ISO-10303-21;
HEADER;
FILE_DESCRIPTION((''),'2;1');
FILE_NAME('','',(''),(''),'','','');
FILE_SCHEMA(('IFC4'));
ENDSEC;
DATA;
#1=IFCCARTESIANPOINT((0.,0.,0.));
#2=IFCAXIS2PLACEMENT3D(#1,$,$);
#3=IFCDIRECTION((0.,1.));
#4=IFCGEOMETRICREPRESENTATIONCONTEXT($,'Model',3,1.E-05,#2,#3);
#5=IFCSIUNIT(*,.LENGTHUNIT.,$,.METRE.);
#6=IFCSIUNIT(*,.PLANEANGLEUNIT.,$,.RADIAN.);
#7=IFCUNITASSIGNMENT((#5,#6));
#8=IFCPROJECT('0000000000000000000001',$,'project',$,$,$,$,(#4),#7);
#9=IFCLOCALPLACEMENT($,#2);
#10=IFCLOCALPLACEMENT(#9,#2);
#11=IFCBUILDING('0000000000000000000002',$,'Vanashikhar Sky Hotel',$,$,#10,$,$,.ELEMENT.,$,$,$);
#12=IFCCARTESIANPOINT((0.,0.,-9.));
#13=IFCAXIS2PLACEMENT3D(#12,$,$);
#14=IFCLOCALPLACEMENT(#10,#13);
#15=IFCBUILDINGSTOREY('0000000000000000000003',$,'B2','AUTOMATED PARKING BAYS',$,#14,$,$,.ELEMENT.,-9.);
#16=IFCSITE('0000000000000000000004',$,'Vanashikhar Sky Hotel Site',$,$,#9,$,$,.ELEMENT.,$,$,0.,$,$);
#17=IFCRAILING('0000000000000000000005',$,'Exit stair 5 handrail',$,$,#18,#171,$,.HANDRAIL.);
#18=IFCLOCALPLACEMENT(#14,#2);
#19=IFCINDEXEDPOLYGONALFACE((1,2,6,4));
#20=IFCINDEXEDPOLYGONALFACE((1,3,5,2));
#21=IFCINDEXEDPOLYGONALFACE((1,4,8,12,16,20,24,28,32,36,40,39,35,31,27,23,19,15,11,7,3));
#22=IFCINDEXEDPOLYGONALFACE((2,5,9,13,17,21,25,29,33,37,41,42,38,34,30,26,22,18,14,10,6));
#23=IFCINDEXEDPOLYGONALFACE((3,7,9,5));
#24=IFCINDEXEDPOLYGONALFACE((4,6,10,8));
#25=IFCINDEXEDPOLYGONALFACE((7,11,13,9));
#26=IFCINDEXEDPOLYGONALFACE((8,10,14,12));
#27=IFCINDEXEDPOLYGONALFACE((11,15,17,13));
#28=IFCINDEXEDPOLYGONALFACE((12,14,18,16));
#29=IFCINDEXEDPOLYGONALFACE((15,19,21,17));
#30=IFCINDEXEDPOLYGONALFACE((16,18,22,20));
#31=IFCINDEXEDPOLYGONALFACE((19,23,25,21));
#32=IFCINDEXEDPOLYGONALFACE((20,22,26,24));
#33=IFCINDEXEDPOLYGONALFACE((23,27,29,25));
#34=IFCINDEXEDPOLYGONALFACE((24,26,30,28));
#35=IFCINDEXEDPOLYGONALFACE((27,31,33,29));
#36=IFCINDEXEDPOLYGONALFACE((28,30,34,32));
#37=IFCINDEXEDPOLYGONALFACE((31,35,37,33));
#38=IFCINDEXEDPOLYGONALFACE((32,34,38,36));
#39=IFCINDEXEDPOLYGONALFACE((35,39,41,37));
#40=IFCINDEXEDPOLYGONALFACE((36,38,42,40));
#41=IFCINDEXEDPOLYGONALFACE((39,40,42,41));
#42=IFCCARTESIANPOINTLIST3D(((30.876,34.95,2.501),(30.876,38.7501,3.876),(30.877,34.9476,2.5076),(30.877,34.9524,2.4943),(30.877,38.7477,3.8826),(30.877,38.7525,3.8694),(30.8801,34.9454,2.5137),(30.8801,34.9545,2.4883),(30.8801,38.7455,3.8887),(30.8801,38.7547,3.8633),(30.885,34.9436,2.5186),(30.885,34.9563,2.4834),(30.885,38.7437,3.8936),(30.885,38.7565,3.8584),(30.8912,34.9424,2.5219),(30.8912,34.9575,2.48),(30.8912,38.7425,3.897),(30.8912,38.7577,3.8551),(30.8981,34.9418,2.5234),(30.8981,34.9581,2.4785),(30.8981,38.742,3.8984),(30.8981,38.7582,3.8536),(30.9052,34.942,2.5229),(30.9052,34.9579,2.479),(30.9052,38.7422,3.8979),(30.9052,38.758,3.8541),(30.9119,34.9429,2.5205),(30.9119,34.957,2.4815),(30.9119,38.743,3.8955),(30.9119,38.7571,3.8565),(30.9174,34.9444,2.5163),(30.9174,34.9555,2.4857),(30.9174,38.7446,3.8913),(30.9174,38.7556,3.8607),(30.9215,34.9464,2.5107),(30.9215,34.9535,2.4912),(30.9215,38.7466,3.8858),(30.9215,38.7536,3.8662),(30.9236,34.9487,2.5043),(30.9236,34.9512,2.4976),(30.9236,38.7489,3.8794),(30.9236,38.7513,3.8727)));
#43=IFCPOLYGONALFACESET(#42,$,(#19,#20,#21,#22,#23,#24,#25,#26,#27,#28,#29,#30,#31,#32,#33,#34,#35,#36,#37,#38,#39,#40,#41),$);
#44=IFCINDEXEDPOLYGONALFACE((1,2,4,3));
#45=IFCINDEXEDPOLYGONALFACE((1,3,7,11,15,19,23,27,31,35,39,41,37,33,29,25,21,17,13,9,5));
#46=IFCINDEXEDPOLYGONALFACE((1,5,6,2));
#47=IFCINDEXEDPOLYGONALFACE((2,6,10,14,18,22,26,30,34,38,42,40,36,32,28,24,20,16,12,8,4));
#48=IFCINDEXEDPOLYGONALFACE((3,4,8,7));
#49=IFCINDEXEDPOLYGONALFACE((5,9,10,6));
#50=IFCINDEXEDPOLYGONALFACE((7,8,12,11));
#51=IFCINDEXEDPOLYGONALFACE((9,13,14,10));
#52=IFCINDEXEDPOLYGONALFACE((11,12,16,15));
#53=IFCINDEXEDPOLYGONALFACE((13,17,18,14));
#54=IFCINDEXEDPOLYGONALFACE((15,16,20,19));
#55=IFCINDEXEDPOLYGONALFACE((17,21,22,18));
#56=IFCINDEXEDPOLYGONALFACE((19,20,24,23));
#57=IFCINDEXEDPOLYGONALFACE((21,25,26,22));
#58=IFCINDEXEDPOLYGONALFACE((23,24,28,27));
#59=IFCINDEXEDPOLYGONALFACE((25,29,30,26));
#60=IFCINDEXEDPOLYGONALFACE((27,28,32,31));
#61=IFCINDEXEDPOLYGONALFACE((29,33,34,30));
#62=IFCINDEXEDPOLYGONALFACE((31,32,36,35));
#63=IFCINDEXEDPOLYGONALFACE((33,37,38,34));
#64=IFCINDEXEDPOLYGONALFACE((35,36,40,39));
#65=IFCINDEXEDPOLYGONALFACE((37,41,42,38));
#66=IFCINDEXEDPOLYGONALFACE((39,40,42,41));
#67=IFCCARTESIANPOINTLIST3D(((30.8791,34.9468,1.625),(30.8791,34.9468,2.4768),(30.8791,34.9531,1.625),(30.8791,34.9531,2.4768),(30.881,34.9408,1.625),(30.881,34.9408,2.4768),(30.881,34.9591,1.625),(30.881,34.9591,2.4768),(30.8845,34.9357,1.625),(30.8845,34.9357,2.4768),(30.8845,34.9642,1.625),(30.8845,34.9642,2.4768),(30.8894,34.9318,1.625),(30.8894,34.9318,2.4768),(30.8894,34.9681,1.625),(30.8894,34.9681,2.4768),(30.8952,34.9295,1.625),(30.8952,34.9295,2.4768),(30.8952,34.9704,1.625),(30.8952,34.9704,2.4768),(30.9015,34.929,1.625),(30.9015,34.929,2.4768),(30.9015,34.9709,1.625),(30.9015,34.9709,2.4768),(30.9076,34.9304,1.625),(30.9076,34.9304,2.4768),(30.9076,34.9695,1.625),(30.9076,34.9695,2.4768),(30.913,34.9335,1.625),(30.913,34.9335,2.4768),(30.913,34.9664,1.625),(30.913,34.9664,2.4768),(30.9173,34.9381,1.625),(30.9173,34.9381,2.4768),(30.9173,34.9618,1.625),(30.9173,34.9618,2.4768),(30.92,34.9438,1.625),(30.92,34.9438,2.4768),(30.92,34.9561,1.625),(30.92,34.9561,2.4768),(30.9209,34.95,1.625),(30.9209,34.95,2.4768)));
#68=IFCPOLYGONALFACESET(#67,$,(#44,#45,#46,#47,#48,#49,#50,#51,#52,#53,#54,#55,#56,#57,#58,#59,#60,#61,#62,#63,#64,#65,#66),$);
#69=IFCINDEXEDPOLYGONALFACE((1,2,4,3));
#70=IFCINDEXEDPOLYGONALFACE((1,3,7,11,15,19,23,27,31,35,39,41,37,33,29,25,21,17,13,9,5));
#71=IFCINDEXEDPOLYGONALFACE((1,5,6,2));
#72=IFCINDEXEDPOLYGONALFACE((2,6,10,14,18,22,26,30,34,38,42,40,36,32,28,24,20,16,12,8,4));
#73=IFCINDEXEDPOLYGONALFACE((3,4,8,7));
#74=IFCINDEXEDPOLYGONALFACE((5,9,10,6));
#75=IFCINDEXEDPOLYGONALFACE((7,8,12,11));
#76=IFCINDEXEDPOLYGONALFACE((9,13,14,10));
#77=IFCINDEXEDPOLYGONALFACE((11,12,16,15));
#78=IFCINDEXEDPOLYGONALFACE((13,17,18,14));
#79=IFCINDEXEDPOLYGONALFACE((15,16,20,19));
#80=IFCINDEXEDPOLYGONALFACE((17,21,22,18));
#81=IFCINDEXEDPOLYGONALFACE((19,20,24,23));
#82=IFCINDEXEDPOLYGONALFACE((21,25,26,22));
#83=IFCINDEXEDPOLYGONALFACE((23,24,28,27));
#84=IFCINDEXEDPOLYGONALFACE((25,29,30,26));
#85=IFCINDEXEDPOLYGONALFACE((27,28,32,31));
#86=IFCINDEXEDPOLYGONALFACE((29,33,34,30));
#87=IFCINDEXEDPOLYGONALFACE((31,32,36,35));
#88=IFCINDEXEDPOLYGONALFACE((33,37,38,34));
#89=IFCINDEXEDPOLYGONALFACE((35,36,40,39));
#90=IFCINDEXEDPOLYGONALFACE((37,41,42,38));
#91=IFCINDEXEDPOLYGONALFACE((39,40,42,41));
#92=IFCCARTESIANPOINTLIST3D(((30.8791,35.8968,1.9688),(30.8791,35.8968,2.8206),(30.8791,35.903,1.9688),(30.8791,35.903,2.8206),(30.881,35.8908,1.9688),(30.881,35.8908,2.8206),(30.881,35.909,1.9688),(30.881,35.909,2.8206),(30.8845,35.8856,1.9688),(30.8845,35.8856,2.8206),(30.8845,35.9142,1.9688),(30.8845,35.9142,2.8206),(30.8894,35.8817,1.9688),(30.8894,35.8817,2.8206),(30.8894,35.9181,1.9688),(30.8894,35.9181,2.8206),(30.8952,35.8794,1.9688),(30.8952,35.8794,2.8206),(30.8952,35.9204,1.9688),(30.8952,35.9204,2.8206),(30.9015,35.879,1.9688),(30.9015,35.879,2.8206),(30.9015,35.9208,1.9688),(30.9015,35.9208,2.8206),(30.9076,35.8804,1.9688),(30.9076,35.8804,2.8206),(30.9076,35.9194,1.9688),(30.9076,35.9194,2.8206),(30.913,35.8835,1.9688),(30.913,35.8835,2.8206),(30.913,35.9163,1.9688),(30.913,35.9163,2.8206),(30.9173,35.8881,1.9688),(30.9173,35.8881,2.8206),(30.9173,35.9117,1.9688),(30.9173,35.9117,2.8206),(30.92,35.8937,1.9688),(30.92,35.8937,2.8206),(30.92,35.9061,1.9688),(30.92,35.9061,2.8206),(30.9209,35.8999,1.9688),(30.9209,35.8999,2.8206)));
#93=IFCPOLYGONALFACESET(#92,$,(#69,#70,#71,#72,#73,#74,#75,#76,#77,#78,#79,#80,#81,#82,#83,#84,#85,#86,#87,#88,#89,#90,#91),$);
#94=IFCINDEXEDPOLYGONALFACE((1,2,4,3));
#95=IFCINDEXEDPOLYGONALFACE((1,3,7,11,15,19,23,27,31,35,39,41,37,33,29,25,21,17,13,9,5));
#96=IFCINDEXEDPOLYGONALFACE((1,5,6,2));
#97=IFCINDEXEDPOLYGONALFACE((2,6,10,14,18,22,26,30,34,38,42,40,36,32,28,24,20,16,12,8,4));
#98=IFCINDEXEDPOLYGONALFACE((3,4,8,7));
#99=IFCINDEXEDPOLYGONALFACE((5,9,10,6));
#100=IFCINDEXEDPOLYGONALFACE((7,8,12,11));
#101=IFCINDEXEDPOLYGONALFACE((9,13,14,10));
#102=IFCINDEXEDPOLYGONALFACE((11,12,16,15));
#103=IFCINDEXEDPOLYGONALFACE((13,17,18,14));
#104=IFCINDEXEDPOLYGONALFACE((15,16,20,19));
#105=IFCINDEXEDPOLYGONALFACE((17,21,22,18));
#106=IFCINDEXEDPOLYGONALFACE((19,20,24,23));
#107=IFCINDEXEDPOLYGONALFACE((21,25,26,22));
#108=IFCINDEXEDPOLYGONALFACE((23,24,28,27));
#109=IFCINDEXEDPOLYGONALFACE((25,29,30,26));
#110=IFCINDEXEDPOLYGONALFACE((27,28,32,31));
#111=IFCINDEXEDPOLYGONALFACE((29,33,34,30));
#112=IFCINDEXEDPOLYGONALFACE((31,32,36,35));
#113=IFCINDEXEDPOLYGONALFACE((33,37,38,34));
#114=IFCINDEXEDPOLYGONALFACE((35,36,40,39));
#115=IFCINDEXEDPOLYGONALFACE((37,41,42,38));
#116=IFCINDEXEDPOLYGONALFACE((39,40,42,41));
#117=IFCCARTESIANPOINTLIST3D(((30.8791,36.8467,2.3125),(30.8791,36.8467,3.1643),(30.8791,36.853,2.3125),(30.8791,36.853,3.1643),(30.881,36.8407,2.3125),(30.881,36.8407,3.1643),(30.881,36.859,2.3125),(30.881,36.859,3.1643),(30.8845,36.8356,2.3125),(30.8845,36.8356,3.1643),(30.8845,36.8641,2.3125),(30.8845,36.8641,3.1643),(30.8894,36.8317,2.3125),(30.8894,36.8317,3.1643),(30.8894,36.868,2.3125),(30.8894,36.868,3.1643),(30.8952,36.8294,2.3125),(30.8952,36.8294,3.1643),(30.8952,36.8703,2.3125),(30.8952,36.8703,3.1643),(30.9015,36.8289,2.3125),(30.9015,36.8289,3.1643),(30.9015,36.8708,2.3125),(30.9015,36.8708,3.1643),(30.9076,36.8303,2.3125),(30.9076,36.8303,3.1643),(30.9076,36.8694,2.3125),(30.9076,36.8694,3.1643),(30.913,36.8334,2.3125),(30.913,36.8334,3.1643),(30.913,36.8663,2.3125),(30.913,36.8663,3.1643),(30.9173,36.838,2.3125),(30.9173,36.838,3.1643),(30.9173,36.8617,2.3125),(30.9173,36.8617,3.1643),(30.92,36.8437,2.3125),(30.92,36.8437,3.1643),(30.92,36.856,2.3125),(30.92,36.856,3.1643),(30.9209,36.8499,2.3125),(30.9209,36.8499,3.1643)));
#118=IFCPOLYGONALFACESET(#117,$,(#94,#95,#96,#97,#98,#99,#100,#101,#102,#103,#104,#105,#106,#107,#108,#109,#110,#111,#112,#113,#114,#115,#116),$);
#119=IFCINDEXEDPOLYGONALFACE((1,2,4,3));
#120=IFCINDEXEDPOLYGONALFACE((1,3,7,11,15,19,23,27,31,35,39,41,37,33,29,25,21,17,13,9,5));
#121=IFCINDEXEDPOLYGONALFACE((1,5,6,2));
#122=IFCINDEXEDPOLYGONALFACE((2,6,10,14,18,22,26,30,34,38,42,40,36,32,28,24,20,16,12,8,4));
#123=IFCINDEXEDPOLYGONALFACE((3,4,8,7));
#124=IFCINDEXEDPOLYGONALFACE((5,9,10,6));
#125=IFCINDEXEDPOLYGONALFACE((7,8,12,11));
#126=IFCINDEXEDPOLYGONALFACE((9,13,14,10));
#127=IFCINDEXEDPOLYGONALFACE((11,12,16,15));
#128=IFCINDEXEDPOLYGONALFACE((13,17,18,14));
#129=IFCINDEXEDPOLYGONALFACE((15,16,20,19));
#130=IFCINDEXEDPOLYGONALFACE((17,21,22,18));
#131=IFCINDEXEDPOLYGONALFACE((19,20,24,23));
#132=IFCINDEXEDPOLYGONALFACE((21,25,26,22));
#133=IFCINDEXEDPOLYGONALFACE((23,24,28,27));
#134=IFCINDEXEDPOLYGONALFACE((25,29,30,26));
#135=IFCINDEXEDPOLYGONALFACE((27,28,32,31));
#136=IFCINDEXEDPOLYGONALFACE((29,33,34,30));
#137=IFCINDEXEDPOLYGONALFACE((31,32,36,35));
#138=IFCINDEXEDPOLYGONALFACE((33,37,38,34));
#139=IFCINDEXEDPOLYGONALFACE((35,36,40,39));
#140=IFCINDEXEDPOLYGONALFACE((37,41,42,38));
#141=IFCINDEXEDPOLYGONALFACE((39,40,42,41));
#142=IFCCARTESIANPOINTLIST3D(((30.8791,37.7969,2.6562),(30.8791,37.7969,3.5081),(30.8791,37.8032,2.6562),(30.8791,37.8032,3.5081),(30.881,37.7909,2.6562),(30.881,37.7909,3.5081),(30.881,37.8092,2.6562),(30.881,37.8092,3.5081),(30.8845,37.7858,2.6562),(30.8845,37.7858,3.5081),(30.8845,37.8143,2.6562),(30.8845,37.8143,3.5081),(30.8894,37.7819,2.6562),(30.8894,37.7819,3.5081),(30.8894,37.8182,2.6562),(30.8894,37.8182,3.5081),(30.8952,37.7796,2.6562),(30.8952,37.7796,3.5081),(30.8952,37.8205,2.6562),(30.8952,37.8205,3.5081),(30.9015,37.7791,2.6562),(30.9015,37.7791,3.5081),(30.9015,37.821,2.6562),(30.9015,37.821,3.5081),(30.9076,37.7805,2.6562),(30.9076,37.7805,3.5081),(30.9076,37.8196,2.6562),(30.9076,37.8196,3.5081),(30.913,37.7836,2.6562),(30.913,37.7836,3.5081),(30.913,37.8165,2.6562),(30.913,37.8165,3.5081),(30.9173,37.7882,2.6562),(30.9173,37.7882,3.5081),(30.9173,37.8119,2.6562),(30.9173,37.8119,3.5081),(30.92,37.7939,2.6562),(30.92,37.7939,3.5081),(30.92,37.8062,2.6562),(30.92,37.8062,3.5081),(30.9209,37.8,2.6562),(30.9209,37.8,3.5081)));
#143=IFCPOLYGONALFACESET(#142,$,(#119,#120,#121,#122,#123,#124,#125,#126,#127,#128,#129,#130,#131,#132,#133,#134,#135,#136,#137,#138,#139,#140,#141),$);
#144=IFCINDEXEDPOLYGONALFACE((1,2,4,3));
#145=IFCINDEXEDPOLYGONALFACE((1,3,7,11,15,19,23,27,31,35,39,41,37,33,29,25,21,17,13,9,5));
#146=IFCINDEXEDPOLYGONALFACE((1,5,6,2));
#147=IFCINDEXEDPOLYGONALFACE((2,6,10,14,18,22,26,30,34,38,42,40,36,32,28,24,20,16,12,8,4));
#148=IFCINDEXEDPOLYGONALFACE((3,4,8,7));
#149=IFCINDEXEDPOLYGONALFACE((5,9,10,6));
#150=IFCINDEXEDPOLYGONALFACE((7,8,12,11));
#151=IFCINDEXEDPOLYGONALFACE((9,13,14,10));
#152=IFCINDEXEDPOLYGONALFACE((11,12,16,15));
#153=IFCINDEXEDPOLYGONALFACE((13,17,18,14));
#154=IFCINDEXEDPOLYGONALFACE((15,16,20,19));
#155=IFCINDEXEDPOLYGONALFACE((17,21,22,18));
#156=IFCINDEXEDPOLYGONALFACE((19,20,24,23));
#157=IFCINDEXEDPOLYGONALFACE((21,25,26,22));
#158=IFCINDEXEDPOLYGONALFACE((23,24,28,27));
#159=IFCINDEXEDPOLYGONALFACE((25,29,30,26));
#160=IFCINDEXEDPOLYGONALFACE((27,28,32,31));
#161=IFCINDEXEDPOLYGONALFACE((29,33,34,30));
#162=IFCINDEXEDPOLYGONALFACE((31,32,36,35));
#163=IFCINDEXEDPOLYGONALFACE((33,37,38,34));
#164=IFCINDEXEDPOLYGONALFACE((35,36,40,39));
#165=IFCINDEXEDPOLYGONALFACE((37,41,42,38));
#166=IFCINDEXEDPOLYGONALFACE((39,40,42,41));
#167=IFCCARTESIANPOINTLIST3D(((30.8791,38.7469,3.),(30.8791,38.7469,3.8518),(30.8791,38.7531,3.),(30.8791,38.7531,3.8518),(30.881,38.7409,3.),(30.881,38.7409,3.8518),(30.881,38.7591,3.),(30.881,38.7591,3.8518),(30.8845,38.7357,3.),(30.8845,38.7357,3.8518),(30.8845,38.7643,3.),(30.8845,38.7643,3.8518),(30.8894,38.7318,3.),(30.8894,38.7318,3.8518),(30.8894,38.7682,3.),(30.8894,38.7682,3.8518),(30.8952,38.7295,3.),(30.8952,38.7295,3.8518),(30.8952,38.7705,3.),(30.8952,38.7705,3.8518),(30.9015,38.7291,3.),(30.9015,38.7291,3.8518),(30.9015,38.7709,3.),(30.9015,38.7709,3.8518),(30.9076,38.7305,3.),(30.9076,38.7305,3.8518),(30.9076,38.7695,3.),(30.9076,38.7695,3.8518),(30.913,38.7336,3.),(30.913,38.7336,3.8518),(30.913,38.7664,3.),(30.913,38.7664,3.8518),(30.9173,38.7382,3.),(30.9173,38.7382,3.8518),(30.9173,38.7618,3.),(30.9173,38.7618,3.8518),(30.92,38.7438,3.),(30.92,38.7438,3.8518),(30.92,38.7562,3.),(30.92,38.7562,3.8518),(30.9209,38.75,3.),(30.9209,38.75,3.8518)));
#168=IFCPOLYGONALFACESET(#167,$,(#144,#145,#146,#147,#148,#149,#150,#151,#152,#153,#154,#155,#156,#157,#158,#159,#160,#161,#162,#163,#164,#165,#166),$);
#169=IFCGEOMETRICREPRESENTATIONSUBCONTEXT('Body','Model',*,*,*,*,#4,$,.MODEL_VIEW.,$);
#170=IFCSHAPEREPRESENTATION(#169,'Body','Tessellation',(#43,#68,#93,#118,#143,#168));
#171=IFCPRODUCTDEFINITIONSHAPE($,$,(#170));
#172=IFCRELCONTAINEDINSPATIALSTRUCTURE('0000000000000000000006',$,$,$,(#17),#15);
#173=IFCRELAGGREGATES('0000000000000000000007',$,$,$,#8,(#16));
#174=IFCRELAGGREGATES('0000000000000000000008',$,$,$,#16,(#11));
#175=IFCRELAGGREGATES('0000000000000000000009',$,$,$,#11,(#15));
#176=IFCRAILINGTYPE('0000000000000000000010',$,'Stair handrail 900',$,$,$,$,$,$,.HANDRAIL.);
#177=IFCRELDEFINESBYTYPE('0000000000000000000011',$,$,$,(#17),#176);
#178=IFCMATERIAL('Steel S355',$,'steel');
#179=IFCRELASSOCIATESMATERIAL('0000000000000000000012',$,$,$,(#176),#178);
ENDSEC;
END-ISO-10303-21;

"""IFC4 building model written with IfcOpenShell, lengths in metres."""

from ifc_helpers import new_model, si_unit, direction, frame, origin, origin_2d, place, context, subcontext, project, spatial, circle, extrude, source, transform, mapped, material, type_object, element, save


model = new_model("IFC4")

# Units and contexts
model_context = context("Model", 3, precision=1e-05, world=origin(), true_north=direction((0.0, 1.0)))
body_context = subcontext(model_context, "Body", "Model", "MODEL_VIEW")
ifc_project = project(units=[si_unit("LENGTHUNIT", "METRE"), si_unit("PLANEANGLEUNIT", "RADIAN")], contexts=[model_context])

# Site, building, storey
site_placement = place(None, origin())
site = spatial("IfcSite", under=ifc_project, at=site_placement, Name="Vanashikhar Sky Hotel Site", CompositionType="ELEMENT", RefElevation=0.0)
building_placement = place(site_placement, origin())
building = spatial("IfcBuilding", under=site, at=building_placement, Name="Vanashikhar Sky Hotel", CompositionType="ELEMENT")
storey_placement = place(building_placement, frame((0.0, 0.0, -9.0)))
storey = spatial("IfcBuildingStorey", under=building, at=storey_placement, Name="B2", Description="AUTOMATED PARKING BAYS", CompositionType="ELEMENT", Elevation=-9.0)

# Railing
ifc_material_1 = material(Name="Steel S355", Category="steel")
railing_type_1 = type_object("IfcRailingType", Name="Stair handrail 900", PredefinedType="HANDRAIL", material=ifc_material_1)
shared_shape_1 = source(origin(), body_context, "Body", "SweptSolid", [
    extrude(circle(Radius=0.0239, at=origin_2d()), frame((0.0, 0.0, 0.876), z_axis=(0.0, 0.940336, 0.340249), x_axis=(-1.0, 0.0, 0.0)), (0.0, 0.0, 1.0), 4.0413),
    extrude(circle(Radius=0.021, at=origin_2d()), origin(), (0.0, 0.0, 1.0), 0.8518),
    extrude(circle(Radius=0.021, at=origin_2d()), frame((0.0, 0.95, 0.3438)), (0.0, 0.0, 1.0), 0.8518),
    extrude(circle(Radius=0.021, at=origin_2d()), frame((0.0, 1.8999, 0.6875)), (0.0, 0.0, 1.0), 0.8518),
    extrude(circle(Radius=0.021, at=origin_2d()), frame((0.0, 2.8501, 1.0312)), (0.0, 0.0, 1.0), 0.8518),
    extrude(circle(Radius=0.021, at=origin_2d()), frame((0.0, 3.8, 1.375)), (0.0, 0.0, 1.0), 0.8518),
])
railing_1_placement = place(storey_placement, frame((30.8999, 34.95, 1.625)))
element("IfcRailing", 1, at=railing_1_placement, inside=storey, type_object=railing_type_1, Name="Exit stair 5 handrail", PredefinedType="HANDRAIL", context=body_context, shape_type="MappedRepresentation", body=[
    mapped(shared_shape_1, transform((0.0, 0.0, 0.0), scale=1.0)),
])

save(model, "model.ifc")
